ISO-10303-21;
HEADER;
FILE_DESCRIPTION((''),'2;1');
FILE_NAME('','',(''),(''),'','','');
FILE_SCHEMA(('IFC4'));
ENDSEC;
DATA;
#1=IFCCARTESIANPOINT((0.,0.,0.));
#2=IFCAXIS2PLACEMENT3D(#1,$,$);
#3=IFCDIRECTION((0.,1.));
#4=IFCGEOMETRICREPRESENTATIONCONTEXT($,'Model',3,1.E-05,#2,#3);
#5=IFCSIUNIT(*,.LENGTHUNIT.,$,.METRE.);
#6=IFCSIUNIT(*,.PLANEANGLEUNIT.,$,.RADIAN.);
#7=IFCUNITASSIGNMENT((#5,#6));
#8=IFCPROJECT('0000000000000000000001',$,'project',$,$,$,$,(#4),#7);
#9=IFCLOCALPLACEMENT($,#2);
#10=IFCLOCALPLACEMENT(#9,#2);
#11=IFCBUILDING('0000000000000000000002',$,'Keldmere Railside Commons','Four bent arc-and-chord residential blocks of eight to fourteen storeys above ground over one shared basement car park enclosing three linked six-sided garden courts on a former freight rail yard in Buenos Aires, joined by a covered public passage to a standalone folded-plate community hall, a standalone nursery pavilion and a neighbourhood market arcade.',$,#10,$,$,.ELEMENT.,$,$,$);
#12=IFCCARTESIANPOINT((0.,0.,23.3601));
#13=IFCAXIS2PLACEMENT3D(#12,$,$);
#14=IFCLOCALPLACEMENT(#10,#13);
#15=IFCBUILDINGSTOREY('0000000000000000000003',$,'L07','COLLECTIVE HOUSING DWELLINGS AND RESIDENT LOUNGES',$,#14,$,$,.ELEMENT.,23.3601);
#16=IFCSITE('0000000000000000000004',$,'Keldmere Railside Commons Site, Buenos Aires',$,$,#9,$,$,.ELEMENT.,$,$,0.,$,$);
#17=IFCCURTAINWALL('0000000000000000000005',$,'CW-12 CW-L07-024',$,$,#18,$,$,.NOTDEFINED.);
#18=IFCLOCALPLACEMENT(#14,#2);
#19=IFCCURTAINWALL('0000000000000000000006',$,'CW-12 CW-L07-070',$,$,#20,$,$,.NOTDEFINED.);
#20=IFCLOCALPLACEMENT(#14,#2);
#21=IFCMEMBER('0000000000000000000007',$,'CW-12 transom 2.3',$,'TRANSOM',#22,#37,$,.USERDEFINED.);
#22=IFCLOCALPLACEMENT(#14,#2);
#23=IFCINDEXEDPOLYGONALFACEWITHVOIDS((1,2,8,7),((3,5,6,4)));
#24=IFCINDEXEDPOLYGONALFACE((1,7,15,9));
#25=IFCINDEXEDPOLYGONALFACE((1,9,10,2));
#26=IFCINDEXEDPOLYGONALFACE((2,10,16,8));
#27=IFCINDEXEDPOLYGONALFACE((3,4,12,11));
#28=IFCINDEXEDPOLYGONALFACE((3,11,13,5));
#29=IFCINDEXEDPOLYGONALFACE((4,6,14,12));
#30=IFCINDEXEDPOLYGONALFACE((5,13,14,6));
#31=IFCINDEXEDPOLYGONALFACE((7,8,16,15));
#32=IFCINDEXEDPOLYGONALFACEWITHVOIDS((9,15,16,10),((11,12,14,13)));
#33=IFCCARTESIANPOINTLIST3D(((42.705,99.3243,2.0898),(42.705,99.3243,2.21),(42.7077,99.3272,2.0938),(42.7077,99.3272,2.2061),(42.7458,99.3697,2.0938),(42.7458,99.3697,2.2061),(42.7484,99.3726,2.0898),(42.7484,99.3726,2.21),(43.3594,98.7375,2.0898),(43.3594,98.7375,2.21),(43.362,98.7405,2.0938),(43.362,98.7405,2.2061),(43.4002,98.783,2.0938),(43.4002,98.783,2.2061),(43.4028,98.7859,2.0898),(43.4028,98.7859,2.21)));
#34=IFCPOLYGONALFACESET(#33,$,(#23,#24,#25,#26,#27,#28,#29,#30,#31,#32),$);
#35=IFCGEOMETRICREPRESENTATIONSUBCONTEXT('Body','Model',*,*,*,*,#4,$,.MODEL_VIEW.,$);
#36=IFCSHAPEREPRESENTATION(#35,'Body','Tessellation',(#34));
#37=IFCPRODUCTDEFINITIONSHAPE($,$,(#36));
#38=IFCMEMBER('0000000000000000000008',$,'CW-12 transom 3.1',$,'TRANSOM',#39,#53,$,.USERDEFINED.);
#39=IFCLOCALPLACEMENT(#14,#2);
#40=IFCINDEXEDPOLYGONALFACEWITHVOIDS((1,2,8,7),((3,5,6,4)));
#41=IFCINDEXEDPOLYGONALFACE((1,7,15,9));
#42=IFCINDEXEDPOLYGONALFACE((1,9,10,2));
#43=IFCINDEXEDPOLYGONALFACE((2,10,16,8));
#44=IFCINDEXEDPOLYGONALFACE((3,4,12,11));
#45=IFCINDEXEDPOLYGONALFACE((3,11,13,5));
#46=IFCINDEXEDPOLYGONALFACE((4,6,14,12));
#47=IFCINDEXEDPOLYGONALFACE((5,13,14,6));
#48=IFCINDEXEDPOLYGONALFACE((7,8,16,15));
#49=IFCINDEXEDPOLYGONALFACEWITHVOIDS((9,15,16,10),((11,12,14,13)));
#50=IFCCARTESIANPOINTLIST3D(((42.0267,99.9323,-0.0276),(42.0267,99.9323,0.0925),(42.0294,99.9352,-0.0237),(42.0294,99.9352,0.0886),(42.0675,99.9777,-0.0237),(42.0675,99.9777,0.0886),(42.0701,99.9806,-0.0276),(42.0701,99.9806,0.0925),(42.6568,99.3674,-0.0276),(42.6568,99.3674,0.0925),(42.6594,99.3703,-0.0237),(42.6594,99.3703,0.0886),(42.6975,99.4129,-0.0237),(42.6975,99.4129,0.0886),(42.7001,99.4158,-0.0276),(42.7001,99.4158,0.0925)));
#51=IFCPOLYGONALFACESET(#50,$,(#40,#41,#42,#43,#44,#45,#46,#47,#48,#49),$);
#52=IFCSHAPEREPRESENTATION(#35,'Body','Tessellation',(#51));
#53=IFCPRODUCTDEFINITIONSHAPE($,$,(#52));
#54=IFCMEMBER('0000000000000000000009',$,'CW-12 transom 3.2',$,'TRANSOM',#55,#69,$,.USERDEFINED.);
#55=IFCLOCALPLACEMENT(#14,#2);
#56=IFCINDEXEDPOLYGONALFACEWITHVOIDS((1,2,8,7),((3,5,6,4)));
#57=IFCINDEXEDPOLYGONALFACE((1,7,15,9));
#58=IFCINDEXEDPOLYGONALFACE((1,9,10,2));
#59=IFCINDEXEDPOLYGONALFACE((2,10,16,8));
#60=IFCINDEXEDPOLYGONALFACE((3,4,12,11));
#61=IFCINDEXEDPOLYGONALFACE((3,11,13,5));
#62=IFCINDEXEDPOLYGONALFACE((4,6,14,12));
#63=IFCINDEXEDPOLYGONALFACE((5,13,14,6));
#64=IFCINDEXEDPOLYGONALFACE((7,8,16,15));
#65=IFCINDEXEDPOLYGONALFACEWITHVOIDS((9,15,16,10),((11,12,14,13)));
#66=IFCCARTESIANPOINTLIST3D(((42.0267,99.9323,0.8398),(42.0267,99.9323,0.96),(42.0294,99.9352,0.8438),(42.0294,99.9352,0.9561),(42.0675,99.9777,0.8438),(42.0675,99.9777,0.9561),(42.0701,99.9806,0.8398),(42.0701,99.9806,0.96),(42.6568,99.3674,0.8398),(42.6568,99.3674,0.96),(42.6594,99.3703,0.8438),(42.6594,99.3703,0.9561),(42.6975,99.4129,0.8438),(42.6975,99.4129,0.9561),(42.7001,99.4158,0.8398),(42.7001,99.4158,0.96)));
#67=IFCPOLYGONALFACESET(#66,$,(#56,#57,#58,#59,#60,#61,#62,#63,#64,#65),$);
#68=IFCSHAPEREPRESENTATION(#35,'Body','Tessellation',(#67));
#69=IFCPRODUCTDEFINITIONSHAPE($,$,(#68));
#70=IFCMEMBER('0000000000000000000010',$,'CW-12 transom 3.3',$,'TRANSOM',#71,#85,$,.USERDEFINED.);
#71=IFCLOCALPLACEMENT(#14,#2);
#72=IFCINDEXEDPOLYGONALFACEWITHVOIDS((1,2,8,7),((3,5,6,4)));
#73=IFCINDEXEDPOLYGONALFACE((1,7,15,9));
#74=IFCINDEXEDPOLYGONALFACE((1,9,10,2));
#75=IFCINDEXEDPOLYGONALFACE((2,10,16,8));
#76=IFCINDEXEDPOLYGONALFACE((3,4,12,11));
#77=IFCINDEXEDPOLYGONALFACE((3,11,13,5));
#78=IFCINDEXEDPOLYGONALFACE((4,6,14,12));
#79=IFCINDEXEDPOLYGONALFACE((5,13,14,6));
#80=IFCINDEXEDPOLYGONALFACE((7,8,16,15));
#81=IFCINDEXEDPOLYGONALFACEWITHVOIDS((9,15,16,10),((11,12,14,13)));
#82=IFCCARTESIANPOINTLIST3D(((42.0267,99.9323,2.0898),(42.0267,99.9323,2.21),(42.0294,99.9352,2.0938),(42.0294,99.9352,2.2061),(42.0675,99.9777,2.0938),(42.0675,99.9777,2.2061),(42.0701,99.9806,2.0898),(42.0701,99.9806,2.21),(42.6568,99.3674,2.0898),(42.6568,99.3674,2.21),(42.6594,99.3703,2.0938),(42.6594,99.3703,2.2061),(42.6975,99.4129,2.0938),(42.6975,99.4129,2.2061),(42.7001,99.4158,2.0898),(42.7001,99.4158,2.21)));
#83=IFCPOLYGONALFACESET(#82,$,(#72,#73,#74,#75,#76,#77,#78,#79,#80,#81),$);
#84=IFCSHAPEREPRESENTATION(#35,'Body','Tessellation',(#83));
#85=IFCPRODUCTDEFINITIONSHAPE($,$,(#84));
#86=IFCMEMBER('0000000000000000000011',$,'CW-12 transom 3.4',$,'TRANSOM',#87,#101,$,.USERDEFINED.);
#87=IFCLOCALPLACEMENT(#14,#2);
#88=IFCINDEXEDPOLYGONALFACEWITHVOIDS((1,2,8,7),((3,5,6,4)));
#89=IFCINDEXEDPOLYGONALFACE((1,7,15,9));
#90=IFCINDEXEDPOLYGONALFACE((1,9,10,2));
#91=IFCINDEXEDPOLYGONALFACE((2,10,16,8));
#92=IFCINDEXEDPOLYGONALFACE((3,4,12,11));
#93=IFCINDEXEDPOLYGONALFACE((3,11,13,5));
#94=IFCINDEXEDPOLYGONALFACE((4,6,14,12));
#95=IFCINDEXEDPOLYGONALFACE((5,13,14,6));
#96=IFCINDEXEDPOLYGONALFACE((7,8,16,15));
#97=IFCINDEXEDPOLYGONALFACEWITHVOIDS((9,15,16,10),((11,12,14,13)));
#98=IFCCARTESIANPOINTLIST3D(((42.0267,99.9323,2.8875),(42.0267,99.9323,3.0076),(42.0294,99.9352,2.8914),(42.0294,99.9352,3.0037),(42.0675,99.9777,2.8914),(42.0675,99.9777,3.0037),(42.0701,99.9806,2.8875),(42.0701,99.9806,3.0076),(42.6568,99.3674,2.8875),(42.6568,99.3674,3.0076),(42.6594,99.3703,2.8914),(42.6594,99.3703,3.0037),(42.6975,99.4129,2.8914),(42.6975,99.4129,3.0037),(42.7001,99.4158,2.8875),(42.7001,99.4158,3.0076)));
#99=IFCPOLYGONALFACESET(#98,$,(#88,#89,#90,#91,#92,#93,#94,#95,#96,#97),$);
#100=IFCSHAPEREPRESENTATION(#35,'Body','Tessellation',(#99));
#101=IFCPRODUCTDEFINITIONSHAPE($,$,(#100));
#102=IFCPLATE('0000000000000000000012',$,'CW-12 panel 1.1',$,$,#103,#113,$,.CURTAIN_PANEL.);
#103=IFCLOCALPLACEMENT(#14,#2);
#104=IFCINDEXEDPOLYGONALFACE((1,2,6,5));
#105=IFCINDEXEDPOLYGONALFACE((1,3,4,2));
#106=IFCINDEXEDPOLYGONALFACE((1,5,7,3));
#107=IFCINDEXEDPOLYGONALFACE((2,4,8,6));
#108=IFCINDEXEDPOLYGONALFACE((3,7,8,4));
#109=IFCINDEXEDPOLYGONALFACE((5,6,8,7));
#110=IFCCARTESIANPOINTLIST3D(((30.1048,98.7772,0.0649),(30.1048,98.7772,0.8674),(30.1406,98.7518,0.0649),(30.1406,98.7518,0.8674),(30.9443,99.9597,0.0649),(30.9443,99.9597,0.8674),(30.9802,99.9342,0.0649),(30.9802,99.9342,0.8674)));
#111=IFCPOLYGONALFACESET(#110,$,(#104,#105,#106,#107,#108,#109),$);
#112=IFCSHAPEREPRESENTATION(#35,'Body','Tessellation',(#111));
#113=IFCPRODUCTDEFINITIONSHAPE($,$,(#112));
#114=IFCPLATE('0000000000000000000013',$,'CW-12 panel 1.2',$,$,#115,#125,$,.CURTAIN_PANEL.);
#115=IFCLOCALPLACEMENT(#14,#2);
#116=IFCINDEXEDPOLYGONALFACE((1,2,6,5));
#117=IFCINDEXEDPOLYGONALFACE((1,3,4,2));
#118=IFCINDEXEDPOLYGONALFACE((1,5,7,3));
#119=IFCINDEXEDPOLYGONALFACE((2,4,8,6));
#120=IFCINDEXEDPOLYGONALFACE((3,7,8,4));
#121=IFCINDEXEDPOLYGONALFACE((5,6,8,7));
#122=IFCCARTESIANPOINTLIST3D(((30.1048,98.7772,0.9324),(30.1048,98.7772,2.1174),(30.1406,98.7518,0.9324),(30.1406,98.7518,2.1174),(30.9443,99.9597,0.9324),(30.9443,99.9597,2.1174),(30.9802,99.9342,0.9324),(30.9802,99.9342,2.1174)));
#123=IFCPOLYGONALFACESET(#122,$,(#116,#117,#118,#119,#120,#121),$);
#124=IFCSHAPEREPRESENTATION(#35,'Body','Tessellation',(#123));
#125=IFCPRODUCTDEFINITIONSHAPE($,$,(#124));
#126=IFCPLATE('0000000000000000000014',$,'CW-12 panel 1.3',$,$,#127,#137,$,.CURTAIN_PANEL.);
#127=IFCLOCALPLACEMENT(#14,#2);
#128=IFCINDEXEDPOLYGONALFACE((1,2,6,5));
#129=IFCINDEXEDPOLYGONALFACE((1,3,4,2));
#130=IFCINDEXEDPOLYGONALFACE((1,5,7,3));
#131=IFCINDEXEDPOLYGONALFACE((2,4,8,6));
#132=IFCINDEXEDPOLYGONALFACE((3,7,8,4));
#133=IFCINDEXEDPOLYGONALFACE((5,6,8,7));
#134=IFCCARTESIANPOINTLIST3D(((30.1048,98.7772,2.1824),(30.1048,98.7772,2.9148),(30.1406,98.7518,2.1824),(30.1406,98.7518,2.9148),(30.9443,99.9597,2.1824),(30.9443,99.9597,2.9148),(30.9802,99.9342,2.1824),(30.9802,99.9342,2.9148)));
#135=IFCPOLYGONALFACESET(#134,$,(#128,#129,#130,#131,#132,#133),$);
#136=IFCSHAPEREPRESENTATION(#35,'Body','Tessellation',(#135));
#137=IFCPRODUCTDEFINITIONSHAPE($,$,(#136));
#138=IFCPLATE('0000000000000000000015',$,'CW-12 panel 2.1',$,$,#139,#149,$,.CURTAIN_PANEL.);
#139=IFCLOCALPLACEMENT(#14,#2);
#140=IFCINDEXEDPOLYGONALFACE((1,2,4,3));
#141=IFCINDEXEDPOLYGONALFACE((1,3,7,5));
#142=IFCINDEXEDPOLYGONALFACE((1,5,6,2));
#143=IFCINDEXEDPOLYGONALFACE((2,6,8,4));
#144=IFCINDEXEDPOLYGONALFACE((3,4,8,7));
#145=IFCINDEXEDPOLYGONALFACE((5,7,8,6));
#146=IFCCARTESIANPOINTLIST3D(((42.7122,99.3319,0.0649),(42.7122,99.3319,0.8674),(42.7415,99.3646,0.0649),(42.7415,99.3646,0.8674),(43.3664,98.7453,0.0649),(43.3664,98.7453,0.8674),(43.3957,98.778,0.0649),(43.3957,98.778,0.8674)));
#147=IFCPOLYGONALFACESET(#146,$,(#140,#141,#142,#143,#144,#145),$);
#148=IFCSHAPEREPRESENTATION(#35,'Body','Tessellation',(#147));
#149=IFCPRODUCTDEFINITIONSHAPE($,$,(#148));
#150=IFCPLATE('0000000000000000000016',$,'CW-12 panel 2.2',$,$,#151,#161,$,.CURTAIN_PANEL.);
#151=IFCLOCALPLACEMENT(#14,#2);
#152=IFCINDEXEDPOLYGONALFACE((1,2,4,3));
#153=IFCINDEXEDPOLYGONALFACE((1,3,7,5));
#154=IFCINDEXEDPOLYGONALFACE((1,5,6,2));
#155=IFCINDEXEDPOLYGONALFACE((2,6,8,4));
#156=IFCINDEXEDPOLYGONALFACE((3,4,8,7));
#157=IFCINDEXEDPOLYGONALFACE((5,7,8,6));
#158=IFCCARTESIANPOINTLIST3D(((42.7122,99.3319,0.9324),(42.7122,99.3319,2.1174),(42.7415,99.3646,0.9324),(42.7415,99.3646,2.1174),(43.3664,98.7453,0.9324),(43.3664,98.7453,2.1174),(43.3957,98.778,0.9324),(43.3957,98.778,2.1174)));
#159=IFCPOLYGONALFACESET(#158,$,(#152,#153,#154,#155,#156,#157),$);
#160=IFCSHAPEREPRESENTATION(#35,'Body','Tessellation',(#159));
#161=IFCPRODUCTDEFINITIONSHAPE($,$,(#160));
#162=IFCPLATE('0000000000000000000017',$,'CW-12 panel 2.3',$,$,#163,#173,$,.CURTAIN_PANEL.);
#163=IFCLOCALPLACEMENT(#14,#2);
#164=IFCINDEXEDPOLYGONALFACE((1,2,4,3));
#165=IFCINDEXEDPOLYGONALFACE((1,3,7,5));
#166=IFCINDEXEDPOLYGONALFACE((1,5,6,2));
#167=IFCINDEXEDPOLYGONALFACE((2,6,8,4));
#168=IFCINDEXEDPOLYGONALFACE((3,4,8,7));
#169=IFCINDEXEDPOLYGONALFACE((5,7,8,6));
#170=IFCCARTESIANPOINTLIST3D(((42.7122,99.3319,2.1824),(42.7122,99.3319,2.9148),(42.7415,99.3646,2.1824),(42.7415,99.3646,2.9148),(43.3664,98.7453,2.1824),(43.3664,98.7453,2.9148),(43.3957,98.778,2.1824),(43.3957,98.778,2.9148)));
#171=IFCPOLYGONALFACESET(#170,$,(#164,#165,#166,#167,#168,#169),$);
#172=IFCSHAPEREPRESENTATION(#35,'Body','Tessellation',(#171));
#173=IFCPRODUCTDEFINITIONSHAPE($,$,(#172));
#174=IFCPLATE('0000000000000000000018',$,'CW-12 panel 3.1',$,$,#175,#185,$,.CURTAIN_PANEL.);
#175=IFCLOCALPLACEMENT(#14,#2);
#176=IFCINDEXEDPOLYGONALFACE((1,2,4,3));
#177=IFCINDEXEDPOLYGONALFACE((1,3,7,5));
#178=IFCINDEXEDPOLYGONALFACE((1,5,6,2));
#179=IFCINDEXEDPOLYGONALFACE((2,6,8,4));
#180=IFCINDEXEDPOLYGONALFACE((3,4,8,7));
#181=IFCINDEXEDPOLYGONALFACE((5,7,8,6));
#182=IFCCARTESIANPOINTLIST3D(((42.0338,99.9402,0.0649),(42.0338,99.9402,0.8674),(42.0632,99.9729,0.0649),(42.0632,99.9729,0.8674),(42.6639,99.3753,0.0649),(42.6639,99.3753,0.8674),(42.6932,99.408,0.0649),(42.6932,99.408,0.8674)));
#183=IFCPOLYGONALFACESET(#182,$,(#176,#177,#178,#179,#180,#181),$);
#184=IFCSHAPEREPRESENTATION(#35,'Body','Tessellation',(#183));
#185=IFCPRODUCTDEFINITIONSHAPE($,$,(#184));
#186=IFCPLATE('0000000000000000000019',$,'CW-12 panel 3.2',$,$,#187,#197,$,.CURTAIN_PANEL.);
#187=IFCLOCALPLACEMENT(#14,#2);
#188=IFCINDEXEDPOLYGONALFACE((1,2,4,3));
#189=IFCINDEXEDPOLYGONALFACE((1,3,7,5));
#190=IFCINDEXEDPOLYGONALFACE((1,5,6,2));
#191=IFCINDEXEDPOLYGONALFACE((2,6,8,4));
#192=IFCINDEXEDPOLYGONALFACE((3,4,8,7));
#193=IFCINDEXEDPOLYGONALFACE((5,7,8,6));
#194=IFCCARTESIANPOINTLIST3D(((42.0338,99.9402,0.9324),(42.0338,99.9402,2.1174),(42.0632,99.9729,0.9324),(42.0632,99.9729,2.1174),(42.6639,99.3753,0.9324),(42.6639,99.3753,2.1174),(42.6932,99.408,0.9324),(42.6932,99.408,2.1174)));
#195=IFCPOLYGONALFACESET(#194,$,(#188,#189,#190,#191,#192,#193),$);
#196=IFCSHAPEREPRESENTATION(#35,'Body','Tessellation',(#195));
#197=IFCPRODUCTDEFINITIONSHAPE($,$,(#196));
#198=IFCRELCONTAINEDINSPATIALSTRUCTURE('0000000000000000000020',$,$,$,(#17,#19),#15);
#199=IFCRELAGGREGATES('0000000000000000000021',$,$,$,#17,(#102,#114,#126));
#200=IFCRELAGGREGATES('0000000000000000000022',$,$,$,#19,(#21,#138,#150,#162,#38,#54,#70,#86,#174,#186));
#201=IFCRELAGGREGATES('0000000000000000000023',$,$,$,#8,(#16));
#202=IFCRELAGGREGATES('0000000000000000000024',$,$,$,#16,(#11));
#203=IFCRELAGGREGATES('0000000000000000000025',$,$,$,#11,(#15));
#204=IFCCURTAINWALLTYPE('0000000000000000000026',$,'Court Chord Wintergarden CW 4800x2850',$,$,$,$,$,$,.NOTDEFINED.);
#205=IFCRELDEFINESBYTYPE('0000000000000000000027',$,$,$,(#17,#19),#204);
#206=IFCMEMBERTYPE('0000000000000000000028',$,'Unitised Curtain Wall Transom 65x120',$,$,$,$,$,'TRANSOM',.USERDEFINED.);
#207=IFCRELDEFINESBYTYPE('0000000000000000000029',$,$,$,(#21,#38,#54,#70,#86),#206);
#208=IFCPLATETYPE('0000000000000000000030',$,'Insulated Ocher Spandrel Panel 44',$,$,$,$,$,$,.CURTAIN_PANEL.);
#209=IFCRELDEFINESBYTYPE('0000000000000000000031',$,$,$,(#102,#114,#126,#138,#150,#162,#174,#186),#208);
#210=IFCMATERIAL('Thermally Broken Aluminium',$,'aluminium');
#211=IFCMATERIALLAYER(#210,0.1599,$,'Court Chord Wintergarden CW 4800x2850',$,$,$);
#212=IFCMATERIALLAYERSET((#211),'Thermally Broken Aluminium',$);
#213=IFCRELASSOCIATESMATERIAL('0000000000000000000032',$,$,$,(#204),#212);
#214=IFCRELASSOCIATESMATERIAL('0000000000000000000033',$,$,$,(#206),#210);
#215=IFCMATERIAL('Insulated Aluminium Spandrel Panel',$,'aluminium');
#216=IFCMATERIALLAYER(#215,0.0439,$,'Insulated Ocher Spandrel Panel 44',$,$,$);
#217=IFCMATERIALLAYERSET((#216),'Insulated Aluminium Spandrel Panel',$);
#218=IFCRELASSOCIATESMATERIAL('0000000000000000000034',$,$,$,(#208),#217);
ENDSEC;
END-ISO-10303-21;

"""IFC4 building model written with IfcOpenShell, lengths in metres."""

from ifc_helpers import new_model, si_unit, direction, frame, origin, origin_2d, place, context, subcontext, project, spatial, rectangle, hollow_rectangle, extrude, material, layer, layer_set, material_profile, profile_set, type_object, element, aggregate, save


model = new_model("IFC4")

# Units and contexts
model_context = context("Model", 3, precision=1e-05, world=origin(), true_north=direction((0.0, 1.0)))
body_context = subcontext(model_context, "Body", "Model", "MODEL_VIEW")
ifc_project = project(units=[si_unit("LENGTHUNIT", "METRE"), si_unit("PLANEANGLEUNIT", "RADIAN")], contexts=[model_context])

# Site, building, storey
site_placement = place(None, origin())
site = spatial("IfcSite", under=ifc_project, at=site_placement, Name="Keldmere Railside Commons Site, Buenos Aires", CompositionType="ELEMENT", RefElevation=0.0)
building_placement = place(site_placement, origin())
building = spatial("IfcBuilding", under=site, at=building_placement, Name="Keldmere Railside Commons", Description="Four bent arc-and-chord residential blocks of eight to fourteen storeys above ground over one shared basement car park enclosing three linked six-sided garden courts on a former freight rail yard in Buenos Aires, joined by a covered public passage to a standalone folded-plate community hall, a standalone nursery pavilion and a neighbourhood market arcade.", CompositionType="ELEMENT")
storey_placement = place(building_placement, frame((0.0, 0.0, 23.3601)))
storey = spatial("IfcBuildingStorey", under=building, at=storey_placement, Name="L07", Description="COLLECTIVE HOUSING DWELLINGS AND RESIDENT LOUNGES", CompositionType="ELEMENT", Elevation=23.3601)

# Curtain walls
ifc_material_1 = material(Name="Thermally Broken Aluminium", Category="aluminium")
ifc_layer_1 = layer(ifc_material_1, 0.1599, Name="Court Chord Wintergarden CW 4800x2850")
ifc_layer_set_1 = layer_set([ifc_layer_1], Name="Thermally Broken Aluminium")
curtain_wall_type = type_object("IfcCurtainWallType", Name="Court Chord Wintergarden CW 4800x2850", PredefinedType="NOTDEFINED", material=ifc_layer_set_1)
curtain_wall_1_placement = place(storey_placement, origin())
curtain_wall_1 = element("IfcCurtainWall", 1, at=curtain_wall_1_placement, inside=storey, type_object=curtain_wall_type, Name="CW-12 CW-L07-024", PredefinedType="NOTDEFINED")
curtain_wall_2_placement = place(storey_placement, origin())
curtain_wall_2 = element("IfcCurtainWall", 2, at=curtain_wall_2_placement, inside=storey, type_object=curtain_wall_type, Name="CW-12 CW-L07-070", PredefinedType="NOTDEFINED")

# Members
ifc_material_profile_1 = material_profile(ifc_material_1, hollow_rectangle(XDim=0.0649, YDim=0.1201, WallThickness=0.0039, at=origin_2d()), Name="ALU-TRAN-65x120")
ifc_profile_set_1 = profile_set([ifc_material_profile_1], Name="Thermally Broken Aluminium")
member_type_1 = type_object("IfcMemberType", Name="Unitised Curtain Wall Transom 65x120", ElementType="TRANSOM", PredefinedType="USERDEFINED", material=ifc_profile_set_1)
member_1_placement = place(storey_placement, frame((43.3811, 98.7617, 2.1499), z_axis=(-0.744536, 0.667582, 0.0), x_axis=(-0.667582, -0.744536, 0.0)))
member_1 = element("IfcMember", 3, at=member_1_placement, type_object=member_type_1, Name="CW-12 transom 2.3", ObjectType="TRANSOM", PredefinedType="USERDEFINED", context=body_context, shape_type="SweptSolid", body=[
    extrude(hollow_rectangle(XDim=0.0649, YDim=0.1201, WallThickness=0.0039, at=origin_2d()), origin(), (0.0, 0.0, 1.0), 0.8789),
])
member_2_placement = place(storey_placement, frame((42.6785, 99.3916, 0.0325), z_axis=(-0.744569, 0.667545, 0.0), x_axis=(-0.667545, -0.744569, 0.0)))
member_2 = element("IfcMember", 4, at=member_2_placement, type_object=member_type_1, Name="CW-12 transom 3.1", ObjectType="TRANSOM", PredefinedType="USERDEFINED", context=body_context, shape_type="SweptSolid", body=[
    extrude(hollow_rectangle(XDim=0.0649, YDim=0.1201, WallThickness=0.0039, at=origin_2d()), origin(), (0.0, 0.0, 1.0), 0.8462),
])
member_3_placement = place(storey_placement, frame((42.6785, 99.3916, 0.8999), z_axis=(-0.744569, 0.667545, 0.0), x_axis=(-0.667545, -0.744569, 0.0)))
member_3 = element("IfcMember", 5, at=member_3_placement, type_object=member_type_1, Name="CW-12 transom 3.2", ObjectType="TRANSOM", PredefinedType="USERDEFINED", context=body_context, shape_type="SweptSolid", body=[
    extrude(hollow_rectangle(XDim=0.0649, YDim=0.1201, WallThickness=0.0039, at=origin_2d()), origin(), (0.0, 0.0, 1.0), 0.8462),
])
member_4_placement = place(storey_placement, frame((42.6785, 99.3916, 2.1499), z_axis=(-0.744569, 0.667545, 0.0), x_axis=(-0.667545, -0.744569, 0.0)))
member_4 = element("IfcMember", 6, at=member_4_placement, type_object=member_type_1, Name="CW-12 transom 3.3", ObjectType="TRANSOM", PredefinedType="USERDEFINED", context=body_context, shape_type="SweptSolid", body=[
    extrude(hollow_rectangle(XDim=0.0649, YDim=0.1201, WallThickness=0.0039, at=origin_2d()), origin(), (0.0, 0.0, 1.0), 0.8462),
])
member_5_placement = place(storey_placement, frame((42.6785, 99.3916, 2.9475), z_axis=(-0.744569, 0.667545, 0.0), x_axis=(-0.667545, -0.744569, 0.0)))
member_5 = element("IfcMember", 7, at=member_5_placement, type_object=member_type_1, Name="CW-12 transom 3.4", ObjectType="TRANSOM", PredefinedType="USERDEFINED", context=body_context, shape_type="SweptSolid", body=[
    extrude(hollow_rectangle(XDim=0.0649, YDim=0.1201, WallThickness=0.0039, at=origin_2d()), origin(), (0.0, 0.0, 1.0), 0.8462),
])

# Plates
ifc_material_2 = material(Name="Insulated Aluminium Spandrel Panel", Category="aluminium")
ifc_layer_2 = layer(ifc_material_2, 0.0439, Name="Insulated Ocher Spandrel Panel 44")
ifc_layer_set_2 = layer_set([ifc_layer_2], Name="Insulated Aluminium Spandrel Panel")
plate_type = type_object("IfcPlateType", Name="Insulated Ocher Spandrel Panel 44", PredefinedType="CURTAIN_PANEL", material=ifc_layer_set_2)
plate_1_placement = place(storey_placement, frame((30.5425, 99.3557, 0.0649), z_axis=(0.0, 0.0, 1.0), x_axis=(-0.578913, -0.815389, 0.0)))
plate_1 = element("IfcPlate", 8, at=plate_1_placement, type_object=plate_type, Name="CW-12 panel 1.1", PredefinedType="CURTAIN_PANEL", context=body_context, shape_type="SweptSolid", body=[
    extrude(rectangle(XDim=1.4502, YDim=0.0439, at=origin_2d()), origin(), (0.0, 0.0, 1.0), 0.8025),
])
plate_2_placement = place(storey_placement, frame((30.5425, 99.3557, 0.9324), z_axis=(0.0, 0.0, 1.0), x_axis=(-0.578913, -0.815389, 0.0)))
plate_2 = element("IfcPlate", 9, at=plate_2_placement, type_object=plate_type, Name="CW-12 panel 1.2", PredefinedType="CURTAIN_PANEL", context=body_context, shape_type="SweptSolid", body=[
    extrude(rectangle(XDim=1.4502, YDim=0.0439, at=origin_2d()), origin(), (0.0, 0.0, 1.0), 1.1851),
])
plate_3_placement = place(storey_placement, frame((30.5425, 99.3557, 2.1824), z_axis=(0.0, 0.0, 1.0), x_axis=(-0.578913, -0.815389, 0.0)))
plate_3 = element("IfcPlate", 10, at=plate_3_placement, type_object=plate_type, Name="CW-12 panel 1.3", PredefinedType="CURTAIN_PANEL", context=body_context, shape_type="SweptSolid", body=[
    extrude(rectangle(XDim=1.4502, YDim=0.0439, at=origin_2d()), origin(), (0.0, 0.0, 1.0), 0.7324),
])
aggregate(curtain_wall_1, [plate_1, plate_2, plate_3])
plate_4_placement = place(storey_placement, frame((43.054, 99.0549, 0.0649), z_axis=(0.0, 0.0, 1.0), x_axis=(-0.744557, 0.667559, 0.0)))
plate_4 = element("IfcPlate", 11, at=plate_4_placement, type_object=plate_type, Name="CW-12 panel 2.1", PredefinedType="CURTAIN_PANEL", context=body_context, shape_type="SweptSolid", body=[
    extrude(rectangle(XDim=0.8787, YDim=0.0439, at=origin_2d()), origin(), (0.0, 0.0, 1.0), 0.8025),
])
plate_5_placement = place(storey_placement, frame((43.054, 99.0549, 0.9324), z_axis=(0.0, 0.0, 1.0), x_axis=(-0.744557, 0.667559, 0.0)))
plate_5 = element("IfcPlate", 12, at=plate_5_placement, type_object=plate_type, Name="CW-12 panel 2.2", PredefinedType="CURTAIN_PANEL", context=body_context, shape_type="SweptSolid", body=[
    extrude(rectangle(XDim=0.8787, YDim=0.0439, at=origin_2d()), origin(), (0.0, 0.0, 1.0), 1.1851),
])
plate_6_placement = place(storey_placement, frame((43.054, 99.0549, 2.1824), z_axis=(0.0, 0.0, 1.0), x_axis=(-0.744557, 0.667559, 0.0)))
plate_6 = element("IfcPlate", 13, at=plate_6_placement, type_object=plate_type, Name="CW-12 panel 2.3", PredefinedType="CURTAIN_PANEL", context=body_context, shape_type="SweptSolid", body=[
    extrude(rectangle(XDim=0.8787, YDim=0.0439, at=origin_2d()), origin(), (0.0, 0.0, 1.0), 0.7324),
])
plate_7_placement = place(storey_placement, frame((42.3635, 99.6741, 0.0649), z_axis=(0.0, 0.0, 1.0), x_axis=(-0.744557, 0.667559, 0.0)))
plate_7 = element("IfcPlate", 14, at=plate_7_placement, type_object=plate_type, Name="CW-12 panel 3.1", PredefinedType="CURTAIN_PANEL", context=body_context, shape_type="SweptSolid", body=[
    extrude(rectangle(XDim=0.8462, YDim=0.0439, at=origin_2d()), origin(), (0.0, 0.0, 1.0), 0.8025),
])
plate_8_placement = place(storey_placement, frame((42.3635, 99.6741, 0.9324), z_axis=(0.0, 0.0, 1.0), x_axis=(-0.744557, 0.667559, 0.0)))
plate_8 = element("IfcPlate", 15, at=plate_8_placement, type_object=plate_type, Name="CW-12 panel 3.2", PredefinedType="CURTAIN_PANEL", context=body_context, shape_type="SweptSolid", body=[
    extrude(rectangle(XDim=0.8462, YDim=0.0439, at=origin_2d()), origin(), (0.0, 0.0, 1.0), 1.1851),
])
aggregate(curtain_wall_2, [member_1, plate_4, plate_5, plate_6, member_2, member_3, member_4, member_5, plate_7, plate_8])

save(model, "model.ifc")
